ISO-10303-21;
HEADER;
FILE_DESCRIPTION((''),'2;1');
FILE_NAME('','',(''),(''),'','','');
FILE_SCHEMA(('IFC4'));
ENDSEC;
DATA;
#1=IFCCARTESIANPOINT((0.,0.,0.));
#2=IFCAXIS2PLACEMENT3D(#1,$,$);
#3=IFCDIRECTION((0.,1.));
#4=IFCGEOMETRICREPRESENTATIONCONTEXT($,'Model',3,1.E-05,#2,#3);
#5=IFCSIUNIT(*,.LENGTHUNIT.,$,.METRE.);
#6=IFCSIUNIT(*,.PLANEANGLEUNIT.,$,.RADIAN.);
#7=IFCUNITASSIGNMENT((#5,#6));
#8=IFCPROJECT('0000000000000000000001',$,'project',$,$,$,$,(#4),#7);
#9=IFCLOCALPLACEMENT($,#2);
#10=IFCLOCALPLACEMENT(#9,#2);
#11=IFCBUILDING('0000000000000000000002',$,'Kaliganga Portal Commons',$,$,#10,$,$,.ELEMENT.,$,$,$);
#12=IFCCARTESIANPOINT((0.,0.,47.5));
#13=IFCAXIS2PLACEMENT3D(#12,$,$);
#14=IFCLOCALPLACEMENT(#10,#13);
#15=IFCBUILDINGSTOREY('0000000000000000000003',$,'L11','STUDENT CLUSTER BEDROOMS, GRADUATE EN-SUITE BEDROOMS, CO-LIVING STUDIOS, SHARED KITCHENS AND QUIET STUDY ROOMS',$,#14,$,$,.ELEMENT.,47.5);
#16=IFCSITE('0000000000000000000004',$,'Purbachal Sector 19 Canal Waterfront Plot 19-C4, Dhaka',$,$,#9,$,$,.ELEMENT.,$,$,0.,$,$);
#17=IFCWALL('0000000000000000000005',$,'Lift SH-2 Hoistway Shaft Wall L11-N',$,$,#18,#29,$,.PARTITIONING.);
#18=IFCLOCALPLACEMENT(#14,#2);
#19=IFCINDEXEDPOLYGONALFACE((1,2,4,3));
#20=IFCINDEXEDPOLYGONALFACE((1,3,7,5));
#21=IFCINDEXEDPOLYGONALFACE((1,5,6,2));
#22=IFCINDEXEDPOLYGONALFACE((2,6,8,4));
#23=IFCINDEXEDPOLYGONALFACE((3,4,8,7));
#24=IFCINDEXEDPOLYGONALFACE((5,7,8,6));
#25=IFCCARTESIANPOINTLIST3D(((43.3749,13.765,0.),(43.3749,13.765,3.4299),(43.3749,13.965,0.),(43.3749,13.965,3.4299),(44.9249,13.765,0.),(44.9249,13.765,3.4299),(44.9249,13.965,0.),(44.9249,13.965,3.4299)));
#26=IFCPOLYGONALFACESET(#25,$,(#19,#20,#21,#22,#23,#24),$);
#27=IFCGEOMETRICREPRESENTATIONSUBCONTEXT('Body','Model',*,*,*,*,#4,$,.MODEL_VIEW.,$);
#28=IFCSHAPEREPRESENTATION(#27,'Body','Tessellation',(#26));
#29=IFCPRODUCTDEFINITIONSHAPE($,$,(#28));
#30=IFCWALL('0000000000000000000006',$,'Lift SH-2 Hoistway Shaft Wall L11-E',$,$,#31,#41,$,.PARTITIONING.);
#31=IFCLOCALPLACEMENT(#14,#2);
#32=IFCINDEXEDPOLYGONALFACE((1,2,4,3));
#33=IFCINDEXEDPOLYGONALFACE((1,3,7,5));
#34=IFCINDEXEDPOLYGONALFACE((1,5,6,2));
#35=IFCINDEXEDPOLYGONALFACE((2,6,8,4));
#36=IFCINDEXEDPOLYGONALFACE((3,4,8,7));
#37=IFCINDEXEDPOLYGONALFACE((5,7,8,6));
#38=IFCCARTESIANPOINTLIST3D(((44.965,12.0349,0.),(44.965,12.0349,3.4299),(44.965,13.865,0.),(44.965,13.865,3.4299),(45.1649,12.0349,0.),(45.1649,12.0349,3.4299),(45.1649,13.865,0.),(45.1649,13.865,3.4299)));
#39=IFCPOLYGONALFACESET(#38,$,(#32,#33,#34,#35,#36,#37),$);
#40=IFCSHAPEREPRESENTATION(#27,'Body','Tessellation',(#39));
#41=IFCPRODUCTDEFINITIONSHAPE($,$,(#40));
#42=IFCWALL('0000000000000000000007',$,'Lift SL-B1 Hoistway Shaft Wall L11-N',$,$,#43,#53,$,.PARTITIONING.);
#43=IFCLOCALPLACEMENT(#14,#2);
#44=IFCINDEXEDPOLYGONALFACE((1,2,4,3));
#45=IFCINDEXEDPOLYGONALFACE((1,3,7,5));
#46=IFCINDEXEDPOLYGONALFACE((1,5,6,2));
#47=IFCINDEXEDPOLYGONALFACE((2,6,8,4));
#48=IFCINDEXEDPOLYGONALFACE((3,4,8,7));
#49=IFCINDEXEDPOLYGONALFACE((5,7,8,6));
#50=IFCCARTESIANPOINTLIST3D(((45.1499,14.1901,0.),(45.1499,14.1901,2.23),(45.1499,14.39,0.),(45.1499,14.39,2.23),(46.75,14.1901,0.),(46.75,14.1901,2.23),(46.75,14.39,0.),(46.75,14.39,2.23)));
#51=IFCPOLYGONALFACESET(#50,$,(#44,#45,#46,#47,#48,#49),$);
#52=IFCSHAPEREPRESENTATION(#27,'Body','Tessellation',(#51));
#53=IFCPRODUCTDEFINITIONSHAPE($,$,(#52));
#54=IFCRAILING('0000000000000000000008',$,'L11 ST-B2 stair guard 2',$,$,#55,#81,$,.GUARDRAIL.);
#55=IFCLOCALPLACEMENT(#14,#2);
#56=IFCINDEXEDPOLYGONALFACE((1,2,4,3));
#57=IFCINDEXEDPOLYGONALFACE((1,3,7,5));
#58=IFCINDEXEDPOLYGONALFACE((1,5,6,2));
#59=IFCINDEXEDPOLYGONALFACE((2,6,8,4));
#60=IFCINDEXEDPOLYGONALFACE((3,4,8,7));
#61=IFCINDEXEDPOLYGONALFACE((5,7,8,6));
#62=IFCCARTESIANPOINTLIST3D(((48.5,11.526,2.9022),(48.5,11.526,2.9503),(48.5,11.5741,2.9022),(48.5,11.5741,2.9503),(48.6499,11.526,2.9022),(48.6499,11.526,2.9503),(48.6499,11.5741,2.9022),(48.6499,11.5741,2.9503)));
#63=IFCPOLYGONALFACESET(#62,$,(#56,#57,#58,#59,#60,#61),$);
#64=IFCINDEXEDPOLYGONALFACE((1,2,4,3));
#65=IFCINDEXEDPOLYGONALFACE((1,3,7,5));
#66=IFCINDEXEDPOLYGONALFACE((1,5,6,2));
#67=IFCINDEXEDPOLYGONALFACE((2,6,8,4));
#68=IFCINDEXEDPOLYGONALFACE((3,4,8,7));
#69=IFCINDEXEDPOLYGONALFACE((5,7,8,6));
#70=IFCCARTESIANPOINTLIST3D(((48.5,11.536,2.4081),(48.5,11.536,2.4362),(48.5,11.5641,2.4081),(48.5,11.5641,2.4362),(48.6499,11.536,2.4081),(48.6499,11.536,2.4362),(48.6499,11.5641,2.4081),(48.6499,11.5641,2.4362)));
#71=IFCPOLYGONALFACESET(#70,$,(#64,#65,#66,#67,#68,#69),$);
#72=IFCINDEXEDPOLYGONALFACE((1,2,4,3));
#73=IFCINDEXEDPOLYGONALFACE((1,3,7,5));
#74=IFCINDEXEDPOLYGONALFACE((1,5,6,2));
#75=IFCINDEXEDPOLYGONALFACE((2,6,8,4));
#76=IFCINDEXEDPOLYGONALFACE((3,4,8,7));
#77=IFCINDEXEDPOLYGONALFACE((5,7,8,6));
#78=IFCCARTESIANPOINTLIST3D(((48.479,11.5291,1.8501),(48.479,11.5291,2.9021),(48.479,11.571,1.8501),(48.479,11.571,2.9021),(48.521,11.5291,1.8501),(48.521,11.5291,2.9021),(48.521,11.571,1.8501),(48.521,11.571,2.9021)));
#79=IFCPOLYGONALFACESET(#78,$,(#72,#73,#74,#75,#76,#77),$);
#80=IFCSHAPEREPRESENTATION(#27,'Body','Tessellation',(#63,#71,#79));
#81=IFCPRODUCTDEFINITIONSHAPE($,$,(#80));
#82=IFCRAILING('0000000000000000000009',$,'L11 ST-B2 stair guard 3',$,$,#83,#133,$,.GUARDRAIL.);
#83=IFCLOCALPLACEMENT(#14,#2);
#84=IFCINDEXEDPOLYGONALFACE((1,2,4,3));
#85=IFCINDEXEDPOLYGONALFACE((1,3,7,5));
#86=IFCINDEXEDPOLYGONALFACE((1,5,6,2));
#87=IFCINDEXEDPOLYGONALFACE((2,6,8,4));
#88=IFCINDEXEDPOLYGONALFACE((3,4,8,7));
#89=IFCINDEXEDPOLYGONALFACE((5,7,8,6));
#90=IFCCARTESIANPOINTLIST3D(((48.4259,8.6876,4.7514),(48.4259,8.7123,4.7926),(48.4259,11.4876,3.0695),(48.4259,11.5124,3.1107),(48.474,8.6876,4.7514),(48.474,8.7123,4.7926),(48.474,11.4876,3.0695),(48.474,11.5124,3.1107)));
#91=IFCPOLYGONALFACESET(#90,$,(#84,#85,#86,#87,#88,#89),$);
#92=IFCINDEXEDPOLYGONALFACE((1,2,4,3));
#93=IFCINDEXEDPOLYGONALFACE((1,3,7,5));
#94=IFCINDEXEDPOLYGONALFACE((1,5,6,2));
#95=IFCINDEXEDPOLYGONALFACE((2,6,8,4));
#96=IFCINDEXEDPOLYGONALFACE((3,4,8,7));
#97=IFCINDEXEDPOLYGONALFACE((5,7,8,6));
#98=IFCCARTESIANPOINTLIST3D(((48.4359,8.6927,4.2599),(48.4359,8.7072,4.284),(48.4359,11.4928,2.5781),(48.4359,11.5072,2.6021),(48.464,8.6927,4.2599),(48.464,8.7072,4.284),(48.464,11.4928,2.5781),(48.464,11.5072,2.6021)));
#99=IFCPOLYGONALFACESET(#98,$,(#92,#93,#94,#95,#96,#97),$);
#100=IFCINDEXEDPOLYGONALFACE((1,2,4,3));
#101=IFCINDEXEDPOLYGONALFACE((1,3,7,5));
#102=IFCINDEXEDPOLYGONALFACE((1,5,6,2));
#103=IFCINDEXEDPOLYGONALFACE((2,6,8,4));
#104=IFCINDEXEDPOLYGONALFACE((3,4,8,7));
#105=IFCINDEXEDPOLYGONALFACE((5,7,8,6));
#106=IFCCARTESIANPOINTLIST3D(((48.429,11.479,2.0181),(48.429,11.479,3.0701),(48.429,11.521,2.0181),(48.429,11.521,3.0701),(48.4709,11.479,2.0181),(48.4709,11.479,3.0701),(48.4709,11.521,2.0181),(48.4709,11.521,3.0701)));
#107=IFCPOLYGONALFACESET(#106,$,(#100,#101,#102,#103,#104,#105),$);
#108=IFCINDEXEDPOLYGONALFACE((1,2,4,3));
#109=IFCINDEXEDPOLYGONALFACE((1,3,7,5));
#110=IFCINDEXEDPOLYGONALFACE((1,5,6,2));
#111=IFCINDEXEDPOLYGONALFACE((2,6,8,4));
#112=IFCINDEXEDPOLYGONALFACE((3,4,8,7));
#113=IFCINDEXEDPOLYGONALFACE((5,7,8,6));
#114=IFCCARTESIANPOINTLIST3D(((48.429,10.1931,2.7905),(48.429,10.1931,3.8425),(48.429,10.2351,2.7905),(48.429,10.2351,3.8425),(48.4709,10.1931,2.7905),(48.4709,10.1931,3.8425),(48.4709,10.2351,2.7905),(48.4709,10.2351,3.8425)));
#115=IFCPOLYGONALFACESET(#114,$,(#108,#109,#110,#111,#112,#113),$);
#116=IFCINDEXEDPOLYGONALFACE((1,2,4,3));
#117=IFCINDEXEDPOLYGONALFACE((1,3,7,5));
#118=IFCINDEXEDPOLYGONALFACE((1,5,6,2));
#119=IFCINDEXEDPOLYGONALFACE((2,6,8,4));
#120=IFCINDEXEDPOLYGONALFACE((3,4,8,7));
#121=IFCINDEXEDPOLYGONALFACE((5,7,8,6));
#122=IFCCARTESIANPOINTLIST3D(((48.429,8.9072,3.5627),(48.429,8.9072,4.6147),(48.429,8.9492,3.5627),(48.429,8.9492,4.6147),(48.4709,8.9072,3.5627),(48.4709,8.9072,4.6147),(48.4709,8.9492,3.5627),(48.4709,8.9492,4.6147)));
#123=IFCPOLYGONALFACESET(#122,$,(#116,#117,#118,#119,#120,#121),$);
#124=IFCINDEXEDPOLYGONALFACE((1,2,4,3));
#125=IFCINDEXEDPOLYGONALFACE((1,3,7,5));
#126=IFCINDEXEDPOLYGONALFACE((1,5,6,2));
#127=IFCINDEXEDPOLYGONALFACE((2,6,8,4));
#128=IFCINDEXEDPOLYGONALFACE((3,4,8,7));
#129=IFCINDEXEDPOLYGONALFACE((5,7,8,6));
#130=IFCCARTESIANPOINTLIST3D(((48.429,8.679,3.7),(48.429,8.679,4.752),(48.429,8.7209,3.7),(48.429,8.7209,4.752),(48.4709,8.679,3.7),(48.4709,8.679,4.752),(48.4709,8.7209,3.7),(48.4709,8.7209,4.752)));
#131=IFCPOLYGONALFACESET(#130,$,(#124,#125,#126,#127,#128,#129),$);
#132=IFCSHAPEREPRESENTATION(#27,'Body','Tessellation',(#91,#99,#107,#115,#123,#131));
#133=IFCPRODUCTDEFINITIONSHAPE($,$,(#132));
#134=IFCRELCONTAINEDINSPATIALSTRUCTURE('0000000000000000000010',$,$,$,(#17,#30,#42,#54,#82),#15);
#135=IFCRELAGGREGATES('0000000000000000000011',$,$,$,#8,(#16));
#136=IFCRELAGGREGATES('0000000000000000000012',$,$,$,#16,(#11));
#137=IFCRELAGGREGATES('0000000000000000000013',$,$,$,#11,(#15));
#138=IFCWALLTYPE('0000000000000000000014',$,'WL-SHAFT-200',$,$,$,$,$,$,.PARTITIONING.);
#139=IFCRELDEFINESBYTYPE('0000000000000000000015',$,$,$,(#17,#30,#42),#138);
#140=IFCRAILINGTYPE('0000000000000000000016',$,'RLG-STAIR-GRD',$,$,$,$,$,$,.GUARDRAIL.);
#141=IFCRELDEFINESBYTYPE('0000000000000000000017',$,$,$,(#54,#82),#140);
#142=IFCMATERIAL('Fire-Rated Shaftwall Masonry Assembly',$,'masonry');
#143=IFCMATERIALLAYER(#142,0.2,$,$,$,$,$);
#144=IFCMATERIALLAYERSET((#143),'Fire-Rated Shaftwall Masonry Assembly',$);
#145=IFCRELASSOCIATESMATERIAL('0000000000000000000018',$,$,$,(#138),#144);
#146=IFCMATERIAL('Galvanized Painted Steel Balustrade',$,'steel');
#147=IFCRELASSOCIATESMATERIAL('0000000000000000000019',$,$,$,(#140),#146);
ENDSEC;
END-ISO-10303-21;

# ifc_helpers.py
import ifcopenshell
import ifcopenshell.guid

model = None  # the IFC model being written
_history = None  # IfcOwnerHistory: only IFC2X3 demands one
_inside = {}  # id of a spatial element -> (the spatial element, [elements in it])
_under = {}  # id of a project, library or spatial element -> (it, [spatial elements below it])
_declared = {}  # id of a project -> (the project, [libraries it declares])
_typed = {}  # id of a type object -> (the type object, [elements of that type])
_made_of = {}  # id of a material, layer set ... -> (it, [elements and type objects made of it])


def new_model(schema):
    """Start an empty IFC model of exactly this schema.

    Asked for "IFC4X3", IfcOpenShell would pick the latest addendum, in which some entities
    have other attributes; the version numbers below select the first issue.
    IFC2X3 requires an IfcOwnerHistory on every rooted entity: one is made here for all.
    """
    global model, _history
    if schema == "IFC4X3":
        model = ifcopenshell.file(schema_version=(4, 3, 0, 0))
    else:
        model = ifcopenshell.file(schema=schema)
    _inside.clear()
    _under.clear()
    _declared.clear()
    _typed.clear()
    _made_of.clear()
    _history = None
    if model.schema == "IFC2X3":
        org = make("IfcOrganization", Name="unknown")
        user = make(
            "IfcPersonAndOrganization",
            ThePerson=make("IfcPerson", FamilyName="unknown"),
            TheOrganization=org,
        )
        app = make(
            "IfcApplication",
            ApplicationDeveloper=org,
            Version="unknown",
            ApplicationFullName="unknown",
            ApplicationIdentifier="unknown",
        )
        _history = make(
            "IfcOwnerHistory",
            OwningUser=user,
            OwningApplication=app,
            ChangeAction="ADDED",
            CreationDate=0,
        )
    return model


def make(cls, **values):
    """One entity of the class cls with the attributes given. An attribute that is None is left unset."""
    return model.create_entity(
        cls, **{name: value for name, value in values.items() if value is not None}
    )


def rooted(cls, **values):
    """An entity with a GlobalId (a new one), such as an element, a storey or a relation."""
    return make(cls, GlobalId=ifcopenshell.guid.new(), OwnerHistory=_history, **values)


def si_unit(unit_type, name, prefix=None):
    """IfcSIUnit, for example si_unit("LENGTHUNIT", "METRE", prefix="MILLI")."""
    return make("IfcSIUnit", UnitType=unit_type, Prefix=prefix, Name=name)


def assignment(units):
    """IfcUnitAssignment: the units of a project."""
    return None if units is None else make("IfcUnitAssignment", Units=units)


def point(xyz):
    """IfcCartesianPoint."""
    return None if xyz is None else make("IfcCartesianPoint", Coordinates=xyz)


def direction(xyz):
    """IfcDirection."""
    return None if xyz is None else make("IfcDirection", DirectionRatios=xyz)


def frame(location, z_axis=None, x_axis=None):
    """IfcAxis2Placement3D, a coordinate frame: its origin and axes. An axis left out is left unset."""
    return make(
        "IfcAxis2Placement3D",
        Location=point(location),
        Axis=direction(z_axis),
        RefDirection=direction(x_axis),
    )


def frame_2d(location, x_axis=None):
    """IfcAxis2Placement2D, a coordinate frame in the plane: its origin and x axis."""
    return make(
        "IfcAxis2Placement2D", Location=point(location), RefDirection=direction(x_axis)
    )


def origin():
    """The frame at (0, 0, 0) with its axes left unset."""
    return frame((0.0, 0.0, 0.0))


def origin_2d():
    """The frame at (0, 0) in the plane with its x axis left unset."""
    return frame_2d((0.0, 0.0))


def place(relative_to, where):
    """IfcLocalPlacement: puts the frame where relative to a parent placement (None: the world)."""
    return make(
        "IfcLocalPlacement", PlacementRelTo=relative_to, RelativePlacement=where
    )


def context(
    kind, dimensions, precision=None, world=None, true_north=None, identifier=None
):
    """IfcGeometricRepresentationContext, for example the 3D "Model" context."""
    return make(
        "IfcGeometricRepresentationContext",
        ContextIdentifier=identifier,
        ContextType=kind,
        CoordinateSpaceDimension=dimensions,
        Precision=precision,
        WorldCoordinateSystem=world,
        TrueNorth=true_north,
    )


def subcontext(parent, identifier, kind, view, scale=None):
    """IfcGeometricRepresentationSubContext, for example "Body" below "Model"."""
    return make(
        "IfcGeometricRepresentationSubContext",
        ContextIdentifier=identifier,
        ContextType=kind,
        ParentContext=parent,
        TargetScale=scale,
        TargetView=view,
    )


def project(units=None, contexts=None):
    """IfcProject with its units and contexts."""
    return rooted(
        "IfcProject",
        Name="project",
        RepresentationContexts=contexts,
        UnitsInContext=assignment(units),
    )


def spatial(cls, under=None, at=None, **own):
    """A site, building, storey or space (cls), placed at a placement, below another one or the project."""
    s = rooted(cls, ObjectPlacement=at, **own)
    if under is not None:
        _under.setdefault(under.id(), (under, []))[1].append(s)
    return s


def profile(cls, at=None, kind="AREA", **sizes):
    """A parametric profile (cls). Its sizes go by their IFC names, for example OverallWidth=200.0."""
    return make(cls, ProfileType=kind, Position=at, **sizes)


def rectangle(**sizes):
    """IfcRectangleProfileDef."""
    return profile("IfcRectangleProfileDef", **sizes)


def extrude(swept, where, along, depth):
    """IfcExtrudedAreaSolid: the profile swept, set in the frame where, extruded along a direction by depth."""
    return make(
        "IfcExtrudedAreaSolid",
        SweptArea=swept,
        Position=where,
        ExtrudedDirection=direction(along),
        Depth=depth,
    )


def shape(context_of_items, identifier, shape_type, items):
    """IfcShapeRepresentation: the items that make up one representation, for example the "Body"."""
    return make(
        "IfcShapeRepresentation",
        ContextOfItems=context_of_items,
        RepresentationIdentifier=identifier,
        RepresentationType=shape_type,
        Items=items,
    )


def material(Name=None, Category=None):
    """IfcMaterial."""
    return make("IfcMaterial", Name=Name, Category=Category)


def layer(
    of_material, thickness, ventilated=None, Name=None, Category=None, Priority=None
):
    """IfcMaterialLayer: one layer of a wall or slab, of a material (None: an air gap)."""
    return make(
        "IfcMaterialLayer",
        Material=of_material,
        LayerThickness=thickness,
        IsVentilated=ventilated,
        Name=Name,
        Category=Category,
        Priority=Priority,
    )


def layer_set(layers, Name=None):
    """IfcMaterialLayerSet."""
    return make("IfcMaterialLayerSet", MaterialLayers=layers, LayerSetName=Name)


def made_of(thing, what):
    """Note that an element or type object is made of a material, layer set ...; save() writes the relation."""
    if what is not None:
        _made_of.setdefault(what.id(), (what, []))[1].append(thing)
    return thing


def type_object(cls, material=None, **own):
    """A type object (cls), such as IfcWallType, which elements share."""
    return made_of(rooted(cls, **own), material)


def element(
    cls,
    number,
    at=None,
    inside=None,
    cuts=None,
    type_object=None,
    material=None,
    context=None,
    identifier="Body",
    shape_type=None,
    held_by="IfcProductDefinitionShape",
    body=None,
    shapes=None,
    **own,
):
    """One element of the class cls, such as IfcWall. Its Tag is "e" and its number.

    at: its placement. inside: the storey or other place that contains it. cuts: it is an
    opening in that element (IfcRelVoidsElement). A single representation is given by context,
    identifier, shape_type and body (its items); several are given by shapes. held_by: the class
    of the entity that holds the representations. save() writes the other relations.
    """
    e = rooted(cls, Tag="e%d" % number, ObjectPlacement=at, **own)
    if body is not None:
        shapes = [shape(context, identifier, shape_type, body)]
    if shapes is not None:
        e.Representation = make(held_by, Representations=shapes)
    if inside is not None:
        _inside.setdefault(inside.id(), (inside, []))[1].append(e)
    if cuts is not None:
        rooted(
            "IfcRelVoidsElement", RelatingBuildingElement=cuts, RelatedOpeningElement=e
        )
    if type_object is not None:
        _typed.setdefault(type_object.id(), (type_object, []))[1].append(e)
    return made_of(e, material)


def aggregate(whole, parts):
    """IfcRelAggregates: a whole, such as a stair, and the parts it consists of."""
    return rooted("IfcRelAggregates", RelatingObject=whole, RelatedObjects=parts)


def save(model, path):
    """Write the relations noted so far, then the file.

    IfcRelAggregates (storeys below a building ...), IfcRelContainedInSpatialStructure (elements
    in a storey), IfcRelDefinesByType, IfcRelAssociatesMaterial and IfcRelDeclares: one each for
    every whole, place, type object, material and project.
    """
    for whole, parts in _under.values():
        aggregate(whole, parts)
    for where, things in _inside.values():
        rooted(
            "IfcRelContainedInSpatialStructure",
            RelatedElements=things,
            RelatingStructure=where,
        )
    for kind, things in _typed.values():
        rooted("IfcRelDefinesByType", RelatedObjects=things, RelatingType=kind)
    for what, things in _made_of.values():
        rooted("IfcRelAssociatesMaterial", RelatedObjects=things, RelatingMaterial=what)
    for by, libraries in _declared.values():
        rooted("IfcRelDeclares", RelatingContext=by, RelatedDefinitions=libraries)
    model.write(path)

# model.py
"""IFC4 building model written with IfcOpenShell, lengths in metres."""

from ifc_helpers import new_model, si_unit, direction, frame, frame_2d, origin, origin_2d, place, context, subcontext, project, spatial, rectangle, extrude, material, layer, layer_set, type_object, element, save


model = new_model("IFC4")

# Units and contexts
model_context = context("Model", 3, precision=1e-05, world=origin(), true_north=direction((0.0, 1.0)))
body_context = subcontext(model_context, "Body", "Model", "MODEL_VIEW")
ifc_project = project(units=[si_unit("LENGTHUNIT", "METRE"), si_unit("PLANEANGLEUNIT", "RADIAN")], contexts=[model_context])

# Site, building, storey
site_placement = place(None, origin())
site = spatial("IfcSite", under=ifc_project, at=site_placement, Name="Purbachal Sector 19 Canal Waterfront Plot 19-C4, Dhaka", CompositionType="ELEMENT", RefElevation=0.0)
building_placement = place(site_placement, origin())
building = spatial("IfcBuilding", under=site, at=building_placement, Name="Kaliganga Portal Commons", CompositionType="ELEMENT")
storey_placement = place(building_placement, frame((0.0, 0.0, 47.5)))
storey = spatial("IfcBuildingStorey", under=building, at=storey_placement, Name="L11", Description="STUDENT CLUSTER BEDROOMS, GRADUATE EN-SUITE BEDROOMS, CO-LIVING STUDIOS, SHARED KITCHENS AND QUIET STUDY ROOMS", CompositionType="ELEMENT", Elevation=47.5)

# Walls
ifc_material_1 = material(Name="Fire-Rated Shaftwall Masonry Assembly", Category="masonry")
ifc_layer_1 = layer(ifc_material_1, 0.2)
ifc_layer_set_1 = layer_set([ifc_layer_1], Name="Fire-Rated Shaftwall Masonry Assembly")
wall_type_1 = type_object("IfcWallType", Name="WL-SHAFT-200", PredefinedType="PARTITIONING", material=ifc_layer_set_1)
wall_1_placement = place(storey_placement, frame((43.375, 13.865, 0.0), z_axis=(0.0, 0.0, 1.0), x_axis=(1.0, 0.0, 0.0)))
element("IfcWall", 1, at=wall_1_placement, inside=storey, type_object=wall_type_1, Name="Lift SH-2 Hoistway Shaft Wall L11-N", PredefinedType="PARTITIONING", context=body_context, shape_type="SweptSolid", body=[
    extrude(rectangle(XDim=1.55, YDim=0.2, at=frame_2d((0.7749, 0.0))), origin(), (0.0, 0.0, 1.0), 3.4299),
])
wall_2_placement = place(storey_placement, frame((45.0649, 12.0349, 0.0), z_axis=(0.0, 0.0, 1.0), x_axis=(0.0, 1.0, 0.0)))
element("IfcWall", 2, at=wall_2_placement, inside=storey, type_object=wall_type_1, Name="Lift SH-2 Hoistway Shaft Wall L11-E", PredefinedType="PARTITIONING", context=body_context, shape_type="SweptSolid", body=[
    extrude(rectangle(XDim=1.8301, YDim=0.2, at=frame_2d((0.915, 0.0))), origin(), (0.0, 0.0, 1.0), 3.4299),
])

# Wall
wall_3_placement = place(storey_placement, frame((45.1499, 14.29, 0.0), z_axis=(0.0, 0.0, 1.0), x_axis=(1.0, 0.0, 0.0)))
element("IfcWall", 3, at=wall_3_placement, inside=storey, type_object=wall_type_1, Name="Lift SL-B1 Hoistway Shaft Wall L11-N", PredefinedType="PARTITIONING", context=body_context, shape_type="SweptSolid", body=[
    extrude(rectangle(XDim=1.6001, YDim=0.2, at=frame_2d((0.8, 0.0))), origin(), (0.0, 0.0, 1.0), 2.23),
])

# Railings
ifc_material_2 = material(Name="Galvanized Painted Steel Balustrade", Category="steel")
railing_type = type_object("IfcRailingType", Name="RLG-STAIR-GRD", PredefinedType="GUARDRAIL", material=ifc_material_2)
railing_1_placement = place(storey_placement, frame((48.6499, 11.55, 1.8501)))
element("IfcRailing", 4, at=railing_1_placement, inside=storey, type_object=railing_type, Name="L11 ST-B2 stair guard 2", PredefinedType="GUARDRAIL", context=body_context, shape_type="SweptSolid", body=[
    extrude(rectangle(XDim=0.0481, YDim=0.0481, at=origin_2d()), frame((0.0, 0.0, 1.0762), z_axis=(-1.0, 0.0, 0.0), x_axis=(0.0, -1.0, 0.0)), (0.0, 0.0, 1.0), 0.1499),
    extrude(rectangle(XDim=0.0281, YDim=0.0281, at=origin_2d()), frame((0.0, 0.0, 0.572), z_axis=(-1.0, 0.0, 0.0), x_axis=(0.0, -1.0, 0.0)), (0.0, 0.0, 1.0), 0.1499),
    extrude(rectangle(XDim=0.042, YDim=0.042, at=origin_2d()), frame((-0.1499, 0.0, 0.0)), (0.0, 0.0, 1.0), 1.052),
])
railing_2_placement = place(storey_placement, frame((48.45, 11.5, 2.0181)))
element("IfcRailing", 5, at=railing_2_placement, inside=storey, type_object=railing_type, Name="L11 ST-B2 stair guard 3", PredefinedType="GUARDRAIL", context=body_context, shape_type="SweptSolid", body=[
    extrude(rectangle(XDim=0.0481, YDim=0.0481, at=origin_2d()), frame((0.0, 0.0, 1.072), z_axis=(0.0, -0.857242, 0.514913), x_axis=(1.0, 0.0, 0.0)), (0.0, 0.0, 1.0), 3.2664),
    extrude(rectangle(XDim=0.0281, YDim=0.0281, at=origin_2d()), frame((0.0, 0.0, 0.572), z_axis=(0.0, -0.857242, 0.514913), x_axis=(1.0, 0.0, 0.0)), (0.0, 0.0, 1.0), 3.2664),
    extrude(rectangle(XDim=0.042, YDim=0.042, at=origin_2d()), origin(), (0.0, 0.0, 1.0), 1.052),
    extrude(rectangle(XDim=0.042, YDim=0.042, at=origin_2d()), frame((0.0, -1.2859, 0.7725)), (0.0, 0.0, 1.0), 1.052),
    extrude(rectangle(XDim=0.042, YDim=0.042, at=origin_2d()), frame((0.0, -2.5718, 1.5447)), (0.0, 0.0, 1.0), 1.052),
    extrude(rectangle(XDim=0.042, YDim=0.042, at=origin_2d()), frame((0.0, -2.8, 1.6819)), (0.0, 0.0, 1.0), 1.052),
])

save(model, "model.ifc")
